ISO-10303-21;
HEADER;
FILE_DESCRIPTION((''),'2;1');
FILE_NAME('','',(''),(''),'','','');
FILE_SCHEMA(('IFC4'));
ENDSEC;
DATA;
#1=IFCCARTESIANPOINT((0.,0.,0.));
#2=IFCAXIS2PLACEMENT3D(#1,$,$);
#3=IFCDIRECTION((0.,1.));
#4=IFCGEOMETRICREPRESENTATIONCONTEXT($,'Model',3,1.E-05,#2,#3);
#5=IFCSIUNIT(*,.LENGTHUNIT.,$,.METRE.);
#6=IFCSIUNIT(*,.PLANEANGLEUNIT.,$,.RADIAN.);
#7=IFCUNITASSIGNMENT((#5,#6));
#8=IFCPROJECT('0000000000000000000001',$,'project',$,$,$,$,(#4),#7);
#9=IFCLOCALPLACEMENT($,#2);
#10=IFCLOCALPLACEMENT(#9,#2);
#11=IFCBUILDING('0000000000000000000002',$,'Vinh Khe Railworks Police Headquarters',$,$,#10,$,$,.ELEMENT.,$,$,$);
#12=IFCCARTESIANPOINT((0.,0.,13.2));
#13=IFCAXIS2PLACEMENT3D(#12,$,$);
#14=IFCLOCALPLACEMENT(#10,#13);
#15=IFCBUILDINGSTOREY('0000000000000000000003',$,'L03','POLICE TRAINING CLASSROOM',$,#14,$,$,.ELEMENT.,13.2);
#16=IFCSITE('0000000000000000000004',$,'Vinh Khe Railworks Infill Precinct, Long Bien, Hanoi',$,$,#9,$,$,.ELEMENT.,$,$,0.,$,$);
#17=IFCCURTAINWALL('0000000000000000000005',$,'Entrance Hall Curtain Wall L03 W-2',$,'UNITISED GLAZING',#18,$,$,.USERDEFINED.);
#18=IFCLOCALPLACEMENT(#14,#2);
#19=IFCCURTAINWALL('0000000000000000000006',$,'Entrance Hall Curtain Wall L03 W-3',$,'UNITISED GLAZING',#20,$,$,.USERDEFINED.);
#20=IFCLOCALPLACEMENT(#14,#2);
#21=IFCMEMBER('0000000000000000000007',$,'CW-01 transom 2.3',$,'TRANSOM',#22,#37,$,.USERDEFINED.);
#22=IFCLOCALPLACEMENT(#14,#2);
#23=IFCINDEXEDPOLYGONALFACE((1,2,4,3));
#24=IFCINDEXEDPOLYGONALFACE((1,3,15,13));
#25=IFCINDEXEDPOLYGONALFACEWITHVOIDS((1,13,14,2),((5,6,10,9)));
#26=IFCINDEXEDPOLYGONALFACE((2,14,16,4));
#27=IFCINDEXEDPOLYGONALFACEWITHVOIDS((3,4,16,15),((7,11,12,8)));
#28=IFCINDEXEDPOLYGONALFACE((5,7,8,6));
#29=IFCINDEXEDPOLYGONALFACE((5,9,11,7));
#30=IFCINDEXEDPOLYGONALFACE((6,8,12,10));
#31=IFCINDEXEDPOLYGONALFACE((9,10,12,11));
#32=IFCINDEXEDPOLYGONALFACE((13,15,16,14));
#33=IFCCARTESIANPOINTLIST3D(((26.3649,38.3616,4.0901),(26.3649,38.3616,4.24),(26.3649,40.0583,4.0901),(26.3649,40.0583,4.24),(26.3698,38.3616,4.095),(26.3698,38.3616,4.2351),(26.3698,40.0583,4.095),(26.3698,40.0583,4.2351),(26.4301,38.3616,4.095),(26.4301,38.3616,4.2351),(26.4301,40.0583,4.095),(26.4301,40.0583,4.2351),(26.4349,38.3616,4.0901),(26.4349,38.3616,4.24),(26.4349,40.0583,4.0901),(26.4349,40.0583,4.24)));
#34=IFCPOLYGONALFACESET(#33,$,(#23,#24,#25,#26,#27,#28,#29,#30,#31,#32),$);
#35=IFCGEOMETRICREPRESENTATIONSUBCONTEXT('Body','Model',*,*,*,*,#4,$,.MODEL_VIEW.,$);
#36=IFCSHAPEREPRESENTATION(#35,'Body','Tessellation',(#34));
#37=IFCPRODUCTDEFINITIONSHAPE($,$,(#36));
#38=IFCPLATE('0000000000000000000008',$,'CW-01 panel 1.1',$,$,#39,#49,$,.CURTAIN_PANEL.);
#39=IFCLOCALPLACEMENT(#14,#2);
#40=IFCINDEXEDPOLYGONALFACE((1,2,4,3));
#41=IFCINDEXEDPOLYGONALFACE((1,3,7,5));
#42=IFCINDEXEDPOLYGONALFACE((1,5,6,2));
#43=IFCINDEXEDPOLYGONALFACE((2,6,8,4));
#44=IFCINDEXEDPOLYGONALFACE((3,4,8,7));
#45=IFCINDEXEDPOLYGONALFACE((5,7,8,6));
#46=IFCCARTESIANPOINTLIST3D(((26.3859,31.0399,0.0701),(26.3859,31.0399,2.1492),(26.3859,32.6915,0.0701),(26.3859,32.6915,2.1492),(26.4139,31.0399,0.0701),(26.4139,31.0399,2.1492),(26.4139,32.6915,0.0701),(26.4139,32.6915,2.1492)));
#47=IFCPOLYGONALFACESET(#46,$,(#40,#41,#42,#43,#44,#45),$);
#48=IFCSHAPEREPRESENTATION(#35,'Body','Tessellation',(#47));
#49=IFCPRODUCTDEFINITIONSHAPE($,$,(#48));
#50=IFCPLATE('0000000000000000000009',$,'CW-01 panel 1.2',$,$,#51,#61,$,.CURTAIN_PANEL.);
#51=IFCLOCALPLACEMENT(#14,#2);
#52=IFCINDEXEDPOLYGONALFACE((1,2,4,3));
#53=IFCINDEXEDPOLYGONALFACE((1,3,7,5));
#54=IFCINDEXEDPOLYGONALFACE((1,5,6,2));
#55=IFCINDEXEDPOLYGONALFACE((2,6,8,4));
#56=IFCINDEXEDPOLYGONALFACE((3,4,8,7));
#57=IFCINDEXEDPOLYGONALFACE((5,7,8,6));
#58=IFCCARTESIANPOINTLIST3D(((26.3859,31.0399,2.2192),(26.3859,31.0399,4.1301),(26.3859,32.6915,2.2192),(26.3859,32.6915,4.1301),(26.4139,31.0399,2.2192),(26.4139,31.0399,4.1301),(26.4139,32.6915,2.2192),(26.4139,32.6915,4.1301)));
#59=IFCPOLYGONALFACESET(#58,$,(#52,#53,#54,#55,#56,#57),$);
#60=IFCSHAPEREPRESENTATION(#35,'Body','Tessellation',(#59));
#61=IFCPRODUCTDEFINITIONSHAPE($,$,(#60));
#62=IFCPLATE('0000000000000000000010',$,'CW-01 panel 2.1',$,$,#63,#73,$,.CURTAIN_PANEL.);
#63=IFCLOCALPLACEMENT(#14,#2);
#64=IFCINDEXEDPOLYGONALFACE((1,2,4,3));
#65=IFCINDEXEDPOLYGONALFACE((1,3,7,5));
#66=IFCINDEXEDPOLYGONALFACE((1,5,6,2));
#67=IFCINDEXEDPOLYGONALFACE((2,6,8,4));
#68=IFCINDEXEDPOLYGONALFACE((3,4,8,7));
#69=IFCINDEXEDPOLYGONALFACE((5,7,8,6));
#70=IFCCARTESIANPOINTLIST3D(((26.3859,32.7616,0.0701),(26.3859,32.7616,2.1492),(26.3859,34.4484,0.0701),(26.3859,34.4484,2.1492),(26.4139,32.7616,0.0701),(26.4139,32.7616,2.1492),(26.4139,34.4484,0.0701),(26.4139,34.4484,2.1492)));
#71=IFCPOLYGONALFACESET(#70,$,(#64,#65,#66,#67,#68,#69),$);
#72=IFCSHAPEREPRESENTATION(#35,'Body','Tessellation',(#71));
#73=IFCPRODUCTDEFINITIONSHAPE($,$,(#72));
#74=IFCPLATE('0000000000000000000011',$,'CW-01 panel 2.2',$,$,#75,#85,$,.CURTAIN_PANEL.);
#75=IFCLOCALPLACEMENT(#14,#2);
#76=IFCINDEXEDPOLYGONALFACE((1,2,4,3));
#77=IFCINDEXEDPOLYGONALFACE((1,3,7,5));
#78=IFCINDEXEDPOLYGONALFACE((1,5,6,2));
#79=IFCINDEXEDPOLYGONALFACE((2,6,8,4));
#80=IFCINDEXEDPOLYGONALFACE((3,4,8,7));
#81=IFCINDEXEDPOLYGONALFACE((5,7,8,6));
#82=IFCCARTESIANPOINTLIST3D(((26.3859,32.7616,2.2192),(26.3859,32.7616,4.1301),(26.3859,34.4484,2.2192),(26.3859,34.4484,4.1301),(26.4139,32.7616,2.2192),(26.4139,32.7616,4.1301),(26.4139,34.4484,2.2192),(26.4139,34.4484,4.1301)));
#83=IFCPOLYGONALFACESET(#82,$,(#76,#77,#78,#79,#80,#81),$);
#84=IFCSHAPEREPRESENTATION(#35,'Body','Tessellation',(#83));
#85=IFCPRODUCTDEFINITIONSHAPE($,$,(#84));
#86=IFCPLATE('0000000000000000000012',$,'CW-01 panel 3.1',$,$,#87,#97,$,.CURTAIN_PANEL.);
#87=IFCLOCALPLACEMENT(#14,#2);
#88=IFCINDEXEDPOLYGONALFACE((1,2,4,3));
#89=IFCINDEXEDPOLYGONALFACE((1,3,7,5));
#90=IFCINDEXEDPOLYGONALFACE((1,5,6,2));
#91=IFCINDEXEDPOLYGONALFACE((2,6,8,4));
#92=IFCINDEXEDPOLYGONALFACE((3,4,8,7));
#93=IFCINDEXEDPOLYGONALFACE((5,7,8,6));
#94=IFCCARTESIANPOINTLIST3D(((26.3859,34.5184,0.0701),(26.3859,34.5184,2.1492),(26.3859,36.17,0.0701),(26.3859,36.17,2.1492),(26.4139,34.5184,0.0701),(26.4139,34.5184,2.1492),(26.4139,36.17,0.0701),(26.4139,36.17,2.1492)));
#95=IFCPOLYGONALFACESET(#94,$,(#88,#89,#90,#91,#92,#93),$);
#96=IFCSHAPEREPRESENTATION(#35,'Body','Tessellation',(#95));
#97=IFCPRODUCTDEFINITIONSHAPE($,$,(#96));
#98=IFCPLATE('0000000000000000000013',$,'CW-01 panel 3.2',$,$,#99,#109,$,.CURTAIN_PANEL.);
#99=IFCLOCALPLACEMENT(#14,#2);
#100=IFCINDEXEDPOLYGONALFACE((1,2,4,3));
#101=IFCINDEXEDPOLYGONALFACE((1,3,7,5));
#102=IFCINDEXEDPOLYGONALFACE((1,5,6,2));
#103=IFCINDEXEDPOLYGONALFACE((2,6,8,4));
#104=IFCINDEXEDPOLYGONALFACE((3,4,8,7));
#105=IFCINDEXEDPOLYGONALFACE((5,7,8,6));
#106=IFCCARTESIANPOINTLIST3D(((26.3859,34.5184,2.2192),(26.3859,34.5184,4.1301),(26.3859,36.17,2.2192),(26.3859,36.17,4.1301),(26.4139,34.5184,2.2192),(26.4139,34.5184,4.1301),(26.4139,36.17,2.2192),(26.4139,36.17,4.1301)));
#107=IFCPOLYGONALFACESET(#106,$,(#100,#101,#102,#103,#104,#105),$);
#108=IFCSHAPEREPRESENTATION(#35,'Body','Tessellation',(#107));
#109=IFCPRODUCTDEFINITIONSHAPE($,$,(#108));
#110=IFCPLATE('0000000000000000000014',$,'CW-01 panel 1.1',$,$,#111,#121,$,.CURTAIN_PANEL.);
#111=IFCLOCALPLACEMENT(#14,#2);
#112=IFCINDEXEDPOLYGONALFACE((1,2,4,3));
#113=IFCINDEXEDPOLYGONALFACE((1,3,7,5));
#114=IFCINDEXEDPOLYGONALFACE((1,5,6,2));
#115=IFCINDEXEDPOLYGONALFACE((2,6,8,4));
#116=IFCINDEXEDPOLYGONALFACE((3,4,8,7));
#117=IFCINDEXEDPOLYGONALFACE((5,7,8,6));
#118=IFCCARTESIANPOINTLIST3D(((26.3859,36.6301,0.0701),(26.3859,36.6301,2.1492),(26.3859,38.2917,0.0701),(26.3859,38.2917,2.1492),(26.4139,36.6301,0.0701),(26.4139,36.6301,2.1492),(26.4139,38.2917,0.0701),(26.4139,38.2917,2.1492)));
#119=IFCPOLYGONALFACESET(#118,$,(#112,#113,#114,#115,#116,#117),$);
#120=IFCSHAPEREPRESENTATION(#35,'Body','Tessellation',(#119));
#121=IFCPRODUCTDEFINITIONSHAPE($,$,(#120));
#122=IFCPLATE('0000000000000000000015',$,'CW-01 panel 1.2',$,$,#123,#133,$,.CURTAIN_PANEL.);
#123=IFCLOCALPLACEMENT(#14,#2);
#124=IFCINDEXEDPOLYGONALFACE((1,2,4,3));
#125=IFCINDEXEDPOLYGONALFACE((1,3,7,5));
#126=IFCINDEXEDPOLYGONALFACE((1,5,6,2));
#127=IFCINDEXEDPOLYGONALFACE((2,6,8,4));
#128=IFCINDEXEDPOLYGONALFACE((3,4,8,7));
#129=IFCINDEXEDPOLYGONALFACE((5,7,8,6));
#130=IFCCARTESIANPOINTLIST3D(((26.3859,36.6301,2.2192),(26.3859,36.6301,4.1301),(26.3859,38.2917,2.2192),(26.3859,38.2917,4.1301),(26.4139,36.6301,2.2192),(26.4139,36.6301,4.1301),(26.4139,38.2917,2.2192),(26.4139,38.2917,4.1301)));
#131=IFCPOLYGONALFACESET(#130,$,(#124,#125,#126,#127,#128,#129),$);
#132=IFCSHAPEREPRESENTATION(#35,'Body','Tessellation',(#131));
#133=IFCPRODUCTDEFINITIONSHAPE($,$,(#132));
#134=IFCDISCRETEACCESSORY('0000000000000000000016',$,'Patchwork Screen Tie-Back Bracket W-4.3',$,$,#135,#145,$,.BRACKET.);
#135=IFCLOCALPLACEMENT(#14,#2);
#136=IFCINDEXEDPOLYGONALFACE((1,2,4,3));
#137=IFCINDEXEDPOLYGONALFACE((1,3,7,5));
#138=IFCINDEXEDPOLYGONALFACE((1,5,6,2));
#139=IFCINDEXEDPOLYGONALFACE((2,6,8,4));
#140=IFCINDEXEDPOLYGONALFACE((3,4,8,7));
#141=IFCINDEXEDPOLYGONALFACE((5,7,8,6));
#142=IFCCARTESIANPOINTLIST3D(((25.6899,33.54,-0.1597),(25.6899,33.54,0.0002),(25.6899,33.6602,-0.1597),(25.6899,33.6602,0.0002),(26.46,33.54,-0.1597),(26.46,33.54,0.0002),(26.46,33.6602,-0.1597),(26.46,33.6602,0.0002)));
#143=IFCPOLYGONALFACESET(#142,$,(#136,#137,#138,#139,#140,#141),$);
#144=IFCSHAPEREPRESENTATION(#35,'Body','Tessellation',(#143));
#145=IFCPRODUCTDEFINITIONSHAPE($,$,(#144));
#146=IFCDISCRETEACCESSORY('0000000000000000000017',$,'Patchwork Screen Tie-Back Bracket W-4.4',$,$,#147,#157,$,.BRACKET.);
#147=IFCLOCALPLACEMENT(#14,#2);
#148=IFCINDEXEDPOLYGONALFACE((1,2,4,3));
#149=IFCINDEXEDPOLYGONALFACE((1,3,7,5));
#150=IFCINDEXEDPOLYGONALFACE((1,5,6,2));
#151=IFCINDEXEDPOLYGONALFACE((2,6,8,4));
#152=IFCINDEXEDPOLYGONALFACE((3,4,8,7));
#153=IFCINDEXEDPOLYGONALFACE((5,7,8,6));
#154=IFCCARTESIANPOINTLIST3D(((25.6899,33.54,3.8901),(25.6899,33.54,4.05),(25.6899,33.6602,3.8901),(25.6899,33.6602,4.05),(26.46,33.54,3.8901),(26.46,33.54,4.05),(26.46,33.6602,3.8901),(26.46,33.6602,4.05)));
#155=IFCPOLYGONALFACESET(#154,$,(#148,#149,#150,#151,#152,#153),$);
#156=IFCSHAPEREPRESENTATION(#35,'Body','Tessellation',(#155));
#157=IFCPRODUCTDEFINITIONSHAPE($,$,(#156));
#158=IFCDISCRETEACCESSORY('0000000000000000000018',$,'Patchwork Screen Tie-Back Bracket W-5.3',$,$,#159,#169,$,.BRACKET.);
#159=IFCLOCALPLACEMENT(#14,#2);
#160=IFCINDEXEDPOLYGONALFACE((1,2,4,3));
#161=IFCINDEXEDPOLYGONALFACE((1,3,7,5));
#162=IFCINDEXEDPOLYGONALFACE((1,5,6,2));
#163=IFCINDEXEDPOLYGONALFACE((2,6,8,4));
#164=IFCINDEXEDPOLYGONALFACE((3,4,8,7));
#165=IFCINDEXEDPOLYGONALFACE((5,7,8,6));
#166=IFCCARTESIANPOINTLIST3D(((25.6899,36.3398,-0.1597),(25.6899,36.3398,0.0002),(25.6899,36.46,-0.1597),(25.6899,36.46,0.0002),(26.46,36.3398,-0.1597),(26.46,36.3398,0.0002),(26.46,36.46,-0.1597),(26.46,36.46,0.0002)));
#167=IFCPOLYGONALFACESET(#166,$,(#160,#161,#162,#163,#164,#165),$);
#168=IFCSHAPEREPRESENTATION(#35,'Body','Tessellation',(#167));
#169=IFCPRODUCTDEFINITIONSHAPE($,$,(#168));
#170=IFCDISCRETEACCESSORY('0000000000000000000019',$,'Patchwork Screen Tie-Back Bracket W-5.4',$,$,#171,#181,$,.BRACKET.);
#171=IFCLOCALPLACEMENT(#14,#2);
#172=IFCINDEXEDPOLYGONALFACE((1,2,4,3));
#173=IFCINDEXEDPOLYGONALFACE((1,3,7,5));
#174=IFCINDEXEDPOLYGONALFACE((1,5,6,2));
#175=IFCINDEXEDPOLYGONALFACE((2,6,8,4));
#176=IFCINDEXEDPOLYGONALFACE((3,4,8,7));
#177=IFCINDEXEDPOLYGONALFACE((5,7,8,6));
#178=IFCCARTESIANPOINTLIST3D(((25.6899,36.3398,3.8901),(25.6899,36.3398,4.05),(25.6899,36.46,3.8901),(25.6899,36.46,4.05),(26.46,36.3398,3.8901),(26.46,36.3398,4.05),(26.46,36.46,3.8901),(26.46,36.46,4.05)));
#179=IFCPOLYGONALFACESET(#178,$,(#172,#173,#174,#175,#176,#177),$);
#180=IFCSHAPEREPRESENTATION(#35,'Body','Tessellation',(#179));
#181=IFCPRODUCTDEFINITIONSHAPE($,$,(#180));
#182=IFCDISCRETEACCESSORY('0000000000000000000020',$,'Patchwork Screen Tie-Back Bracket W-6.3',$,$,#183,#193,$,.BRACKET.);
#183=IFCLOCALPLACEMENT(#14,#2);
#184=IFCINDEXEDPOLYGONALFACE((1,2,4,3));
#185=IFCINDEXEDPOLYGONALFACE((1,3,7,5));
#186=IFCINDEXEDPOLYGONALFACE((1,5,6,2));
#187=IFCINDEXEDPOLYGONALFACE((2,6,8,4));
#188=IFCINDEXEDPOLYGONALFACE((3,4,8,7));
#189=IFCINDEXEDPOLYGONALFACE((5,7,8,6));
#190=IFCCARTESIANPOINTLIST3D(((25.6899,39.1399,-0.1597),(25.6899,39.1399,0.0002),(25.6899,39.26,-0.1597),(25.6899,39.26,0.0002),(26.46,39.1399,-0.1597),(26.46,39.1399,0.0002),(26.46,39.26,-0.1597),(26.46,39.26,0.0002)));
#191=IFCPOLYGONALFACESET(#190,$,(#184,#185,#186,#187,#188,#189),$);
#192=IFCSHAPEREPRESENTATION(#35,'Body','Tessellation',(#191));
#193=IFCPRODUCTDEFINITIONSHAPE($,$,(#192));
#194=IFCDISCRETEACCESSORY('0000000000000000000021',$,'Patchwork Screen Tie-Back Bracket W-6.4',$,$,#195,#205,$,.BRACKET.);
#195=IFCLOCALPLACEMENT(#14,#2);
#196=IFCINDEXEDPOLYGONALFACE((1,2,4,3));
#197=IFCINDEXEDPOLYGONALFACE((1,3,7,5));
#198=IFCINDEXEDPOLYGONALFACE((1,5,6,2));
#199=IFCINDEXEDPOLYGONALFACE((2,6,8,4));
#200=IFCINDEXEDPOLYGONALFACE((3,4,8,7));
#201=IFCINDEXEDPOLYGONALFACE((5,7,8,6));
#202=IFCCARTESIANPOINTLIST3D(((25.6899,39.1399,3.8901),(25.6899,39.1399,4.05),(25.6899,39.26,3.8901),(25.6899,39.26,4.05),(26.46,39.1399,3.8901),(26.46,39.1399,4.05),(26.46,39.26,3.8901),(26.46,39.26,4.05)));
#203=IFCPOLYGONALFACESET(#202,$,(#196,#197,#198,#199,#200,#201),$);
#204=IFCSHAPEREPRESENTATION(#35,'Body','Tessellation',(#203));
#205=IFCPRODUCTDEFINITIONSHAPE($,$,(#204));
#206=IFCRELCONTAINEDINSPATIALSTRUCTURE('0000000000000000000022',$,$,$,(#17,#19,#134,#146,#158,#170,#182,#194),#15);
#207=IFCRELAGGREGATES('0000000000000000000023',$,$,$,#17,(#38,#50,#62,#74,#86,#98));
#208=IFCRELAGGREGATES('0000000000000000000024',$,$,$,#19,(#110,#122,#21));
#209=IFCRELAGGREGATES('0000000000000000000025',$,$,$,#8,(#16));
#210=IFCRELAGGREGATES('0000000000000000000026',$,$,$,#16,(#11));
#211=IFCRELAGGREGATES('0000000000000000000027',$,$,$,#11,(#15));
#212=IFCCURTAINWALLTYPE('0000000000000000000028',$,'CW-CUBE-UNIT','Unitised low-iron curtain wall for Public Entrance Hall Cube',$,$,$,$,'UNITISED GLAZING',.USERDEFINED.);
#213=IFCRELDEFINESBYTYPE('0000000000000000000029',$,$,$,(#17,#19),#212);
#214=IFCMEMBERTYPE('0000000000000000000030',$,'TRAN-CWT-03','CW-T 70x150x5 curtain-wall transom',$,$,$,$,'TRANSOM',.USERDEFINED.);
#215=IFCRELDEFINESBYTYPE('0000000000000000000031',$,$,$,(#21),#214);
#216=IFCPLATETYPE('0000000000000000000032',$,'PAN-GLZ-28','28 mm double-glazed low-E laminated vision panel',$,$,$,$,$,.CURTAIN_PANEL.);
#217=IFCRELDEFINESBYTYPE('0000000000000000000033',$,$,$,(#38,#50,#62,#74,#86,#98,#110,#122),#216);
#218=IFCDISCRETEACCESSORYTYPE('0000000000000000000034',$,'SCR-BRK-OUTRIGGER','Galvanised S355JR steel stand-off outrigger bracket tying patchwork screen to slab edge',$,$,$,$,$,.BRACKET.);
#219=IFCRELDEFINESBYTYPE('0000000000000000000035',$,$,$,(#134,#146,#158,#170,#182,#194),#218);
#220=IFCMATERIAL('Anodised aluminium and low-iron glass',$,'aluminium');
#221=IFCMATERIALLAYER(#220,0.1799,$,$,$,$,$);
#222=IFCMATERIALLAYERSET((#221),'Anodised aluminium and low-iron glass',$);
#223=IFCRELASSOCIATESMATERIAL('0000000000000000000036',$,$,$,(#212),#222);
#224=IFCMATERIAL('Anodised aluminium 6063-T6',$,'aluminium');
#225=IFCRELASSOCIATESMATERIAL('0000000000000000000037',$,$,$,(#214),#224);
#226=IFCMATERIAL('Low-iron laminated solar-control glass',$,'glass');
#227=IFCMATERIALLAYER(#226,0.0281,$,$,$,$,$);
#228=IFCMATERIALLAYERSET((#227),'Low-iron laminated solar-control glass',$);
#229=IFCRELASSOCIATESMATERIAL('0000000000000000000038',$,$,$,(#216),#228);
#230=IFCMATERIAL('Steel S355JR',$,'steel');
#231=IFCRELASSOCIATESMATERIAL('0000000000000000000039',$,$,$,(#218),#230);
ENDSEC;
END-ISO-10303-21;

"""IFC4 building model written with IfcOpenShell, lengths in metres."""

from ifc_helpers import new_model, si_unit, direction, frame, origin, origin_2d, place, context, subcontext, project, spatial, rectangle, hollow_rectangle, extrude, material, layer, layer_set, material_profile, profile_set, type_object, element, aggregate, save


model = new_model("IFC4")

# Units and contexts
model_context = context("Model", 3, precision=1e-05, world=origin(), true_north=direction((0.0, 1.0)))
body_context = subcontext(model_context, "Body", "Model", "MODEL_VIEW")
ifc_project = project(units=[si_unit("LENGTHUNIT", "METRE"), si_unit("PLANEANGLEUNIT", "RADIAN")], contexts=[model_context])

# Site, building, storey
site_placement = place(None, origin())
site = spatial("IfcSite", under=ifc_project, at=site_placement, Name="Vinh Khe Railworks Infill Precinct, Long Bien, Hanoi", CompositionType="ELEMENT", RefElevation=0.0)
building_placement = place(site_placement, origin())
building = spatial("IfcBuilding", under=site, at=building_placement, Name="Vinh Khe Railworks Police Headquarters", CompositionType="ELEMENT")
storey_placement = place(building_placement, frame((0.0, 0.0, 13.2)))
storey = spatial("IfcBuildingStorey", under=building, at=storey_placement, Name="L03", Description="POLICE TRAINING CLASSROOM", CompositionType="ELEMENT", Elevation=13.2)

# Shared definitions
ifc_material_1 = material(Name="Steel S355JR", Category="steel")

# Curtain walls
ifc_material_2 = material(Name="Anodised aluminium and low-iron glass", Category="aluminium")
ifc_layer_1 = layer(ifc_material_2, 0.1799)
ifc_layer_set_1 = layer_set([ifc_layer_1], Name="Anodised aluminium and low-iron glass")
curtain_wall_type = type_object("IfcCurtainWallType", Name="CW-CUBE-UNIT", Description="Unitised low-iron curtain wall for Public Entrance Hall Cube", ElementType="UNITISED GLAZING", PredefinedType="USERDEFINED", material=ifc_layer_set_1)
curtain_wall_1_placement = place(storey_placement, origin())
curtain_wall_1 = element("IfcCurtainWall", 1, at=curtain_wall_1_placement, inside=storey, type_object=curtain_wall_type, Name="Entrance Hall Curtain Wall L03 W-2", ObjectType="UNITISED GLAZING", PredefinedType="USERDEFINED")
ifc_material_3 = material(Name="Anodised aluminium 6063-T6", Category="aluminium")
curtain_wall_2_placement = place(storey_placement, origin())
curtain_wall_2 = element("IfcCurtainWall", 2, at=curtain_wall_2_placement, inside=storey, type_object=curtain_wall_type, Name="Entrance Hall Curtain Wall L03 W-3", ObjectType="UNITISED GLAZING", PredefinedType="USERDEFINED")

# Member
ifc_material_profile_1 = material_profile(ifc_material_3, hollow_rectangle(XDim=0.0701, YDim=0.1499, WallThickness=0.0049, at=origin_2d()), Name="CW-T 70x150x5")
ifc_profile_set_1 = profile_set([ifc_material_profile_1], Name="Anodised aluminium 6063-T6")
member_type_1 = type_object("IfcMemberType", Name="TRAN-CWT-03", Description="CW-T 70x150x5 curtain-wall transom", ElementType="TRANSOM", PredefinedType="USERDEFINED", material=ifc_profile_set_1)
member_1_placement = place(storey_placement, frame((26.3999, 38.3616, 4.165), z_axis=(0.0, 1.0, 0.0), x_axis=(-1.0, 0.0, 0.0)))
member_1 = element("IfcMember", 3, at=member_1_placement, type_object=member_type_1, Name="CW-01 transom 2.3", ObjectType="TRANSOM", PredefinedType="USERDEFINED", context=body_context, shape_type="SweptSolid", body=[
    extrude(hollow_rectangle(XDim=0.0701, YDim=0.1499, WallThickness=0.0049, at=origin_2d()), origin(), (0.0, 0.0, 1.0), 1.6968),
])

# Plates
ifc_material_4 = material(Name="Low-iron laminated solar-control glass", Category="glass")
ifc_layer_2 = layer(ifc_material_4, 0.0281)
ifc_layer_set_2 = layer_set([ifc_layer_2], Name="Low-iron laminated solar-control glass")
plate_type = type_object("IfcPlateType", Name="PAN-GLZ-28", Description="28 mm double-glazed low-E laminated vision panel", PredefinedType="CURTAIN_PANEL", material=ifc_layer_set_2)
plate_1_placement = place(storey_placement, frame((26.3999, 31.8657, 0.0701), z_axis=(0.0, 0.0, 1.0), x_axis=(0.0, 1.0, 0.0)))
plate_1 = element("IfcPlate", 4, at=plate_1_placement, type_object=plate_type, Name="CW-01 panel 1.1", PredefinedType="CURTAIN_PANEL", context=body_context, shape_type="SweptSolid", body=[
    extrude(rectangle(XDim=1.6516, YDim=0.0281, at=origin_2d()), origin(), (0.0, 0.0, 1.0), 2.0791),
])
plate_2_placement = place(storey_placement, frame((26.3999, 31.8657, 2.2192), z_axis=(0.0, 0.0, 1.0), x_axis=(0.0, 1.0, 0.0)))
plate_2 = element("IfcPlate", 5, at=plate_2_placement, type_object=plate_type, Name="CW-01 panel 1.2", PredefinedType="CURTAIN_PANEL", context=body_context, shape_type="SweptSolid", body=[
    extrude(rectangle(XDim=1.6516, YDim=0.0281, at=origin_2d()), origin(), (0.0, 0.0, 1.0), 1.9109),
])
plate_3_placement = place(storey_placement, frame((26.3999, 33.605, 0.0701), z_axis=(0.0, 0.0, 1.0), x_axis=(0.0, 1.0, 0.0)))
plate_3 = element("IfcPlate", 6, at=plate_3_placement, type_object=plate_type, Name="CW-01 panel 2.1", PredefinedType="CURTAIN_PANEL", context=body_context, shape_type="SweptSolid", body=[
    extrude(rectangle(XDim=1.6868, YDim=0.0281, at=origin_2d()), origin(), (0.0, 0.0, 1.0), 2.0791),
])
plate_4_placement = place(storey_placement, frame((26.3999, 33.605, 2.2192), z_axis=(0.0, 0.0, 1.0), x_axis=(0.0, 1.0, 0.0)))
plate_4 = element("IfcPlate", 7, at=plate_4_placement, type_object=plate_type, Name="CW-01 panel 2.2", PredefinedType="CURTAIN_PANEL", context=body_context, shape_type="SweptSolid", body=[
    extrude(rectangle(XDim=1.6868, YDim=0.0281, at=origin_2d()), origin(), (0.0, 0.0, 1.0), 1.9109),
])
plate_5_placement = place(storey_placement, frame((26.3999, 35.3442, 0.0701), z_axis=(0.0, 0.0, 1.0), x_axis=(0.0, 1.0, 0.0)))
plate_5 = element("IfcPlate", 8, at=plate_5_placement, type_object=plate_type, Name="CW-01 panel 3.1", PredefinedType="CURTAIN_PANEL", context=body_context, shape_type="SweptSolid", body=[
    extrude(rectangle(XDim=1.6516, YDim=0.0281, at=origin_2d()), origin(), (0.0, 0.0, 1.0), 2.0791),
])
plate_6_placement = place(storey_placement, frame((26.3999, 35.3442, 2.2192), z_axis=(0.0, 0.0, 1.0), x_axis=(0.0, 1.0, 0.0)))
plate_6 = element("IfcPlate", 9, at=plate_6_placement, type_object=plate_type, Name="CW-01 panel 3.2", PredefinedType="CURTAIN_PANEL", context=body_context, shape_type="SweptSolid", body=[
    extrude(rectangle(XDim=1.6516, YDim=0.0281, at=origin_2d()), origin(), (0.0, 0.0, 1.0), 1.9109),
])
aggregate(curtain_wall_1, [plate_1, plate_2, plate_3, plate_4, plate_5, plate_6])
plate_7_placement = place(storey_placement, frame((26.3999, 37.4609, 0.0701), z_axis=(0.0, 0.0, 1.0), x_axis=(0.0, 1.0, 0.0)))
plate_7 = element("IfcPlate", 10, at=plate_7_placement, type_object=plate_type, Name="CW-01 panel 1.1", PredefinedType="CURTAIN_PANEL", context=body_context, shape_type="SweptSolid", body=[
    extrude(rectangle(XDim=1.6616, YDim=0.0281, at=origin_2d()), origin(), (0.0, 0.0, 1.0), 2.0791),
])
plate_8_placement = place(storey_placement, frame((26.3999, 37.4609, 2.2192), z_axis=(0.0, 0.0, 1.0), x_axis=(0.0, 1.0, 0.0)))
plate_8 = element("IfcPlate", 11, at=plate_8_placement, type_object=plate_type, Name="CW-01 panel 1.2", PredefinedType="CURTAIN_PANEL", context=body_context, shape_type="SweptSolid", body=[
    extrude(rectangle(XDim=1.6616, YDim=0.0281, at=origin_2d()), origin(), (0.0, 0.0, 1.0), 1.9109),
])
aggregate(curtain_wall_2, [plate_7, plate_8, member_1])

# Discrete accessories
discrete_accessory_type = type_object("IfcDiscreteAccessoryType", Name="SCR-BRK-OUTRIGGER", Description="Galvanised S355JR steel stand-off outrigger bracket tying patchwork screen to slab edge", PredefinedType="BRACKET", material=ifc_material_1)
for number, where, z_axis, x_axis, name in (
    (12, (26.075, 33.6001, -0.1597), (0.0, 0.0, 1.0), (1.0, 0.0, 0.0), "Patchwork Screen Tie-Back Bracket W-4.3"),
    (13, (26.075, 33.6001, 3.8901), (0.0, 0.0, 1.0), (1.0, 0.0, 0.0), "Patchwork Screen Tie-Back Bracket W-4.4"),
    (14, (26.075, 36.3999, -0.1597), (0.0, 0.0, 1.0), (1.0, 0.0, 0.0), "Patchwork Screen Tie-Back Bracket W-5.3"),
    (15, (26.075, 36.3999, 3.8901), (0.0, 0.0, 1.0), (1.0, 0.0, 0.0), "Patchwork Screen Tie-Back Bracket W-5.4"),
    (16, (26.075, 39.2, -0.1597), (0.0, 0.0, 1.0), (1.0, 0.0, 0.0), "Patchwork Screen Tie-Back Bracket W-6.3"),
    (17, (26.075, 39.2, 3.8901), (0.0, 0.0, 1.0), (1.0, 0.0, 0.0), "Patchwork Screen Tie-Back Bracket W-6.4"),
):
    element("IfcDiscreteAccessory", number, at=place(storey_placement, frame(where, z_axis=z_axis, x_axis=x_axis)), inside=storey, type_object=discrete_accessory_type, Name=name, PredefinedType="BRACKET", context=body_context, shape_type="SweptSolid", body=[
        extrude(rectangle(XDim=0.77, YDim=0.1201, at=origin_2d()), origin(), (0.0, 0.0, 1.0), 0.1599),
    ])

save(model, "model.ifc")
